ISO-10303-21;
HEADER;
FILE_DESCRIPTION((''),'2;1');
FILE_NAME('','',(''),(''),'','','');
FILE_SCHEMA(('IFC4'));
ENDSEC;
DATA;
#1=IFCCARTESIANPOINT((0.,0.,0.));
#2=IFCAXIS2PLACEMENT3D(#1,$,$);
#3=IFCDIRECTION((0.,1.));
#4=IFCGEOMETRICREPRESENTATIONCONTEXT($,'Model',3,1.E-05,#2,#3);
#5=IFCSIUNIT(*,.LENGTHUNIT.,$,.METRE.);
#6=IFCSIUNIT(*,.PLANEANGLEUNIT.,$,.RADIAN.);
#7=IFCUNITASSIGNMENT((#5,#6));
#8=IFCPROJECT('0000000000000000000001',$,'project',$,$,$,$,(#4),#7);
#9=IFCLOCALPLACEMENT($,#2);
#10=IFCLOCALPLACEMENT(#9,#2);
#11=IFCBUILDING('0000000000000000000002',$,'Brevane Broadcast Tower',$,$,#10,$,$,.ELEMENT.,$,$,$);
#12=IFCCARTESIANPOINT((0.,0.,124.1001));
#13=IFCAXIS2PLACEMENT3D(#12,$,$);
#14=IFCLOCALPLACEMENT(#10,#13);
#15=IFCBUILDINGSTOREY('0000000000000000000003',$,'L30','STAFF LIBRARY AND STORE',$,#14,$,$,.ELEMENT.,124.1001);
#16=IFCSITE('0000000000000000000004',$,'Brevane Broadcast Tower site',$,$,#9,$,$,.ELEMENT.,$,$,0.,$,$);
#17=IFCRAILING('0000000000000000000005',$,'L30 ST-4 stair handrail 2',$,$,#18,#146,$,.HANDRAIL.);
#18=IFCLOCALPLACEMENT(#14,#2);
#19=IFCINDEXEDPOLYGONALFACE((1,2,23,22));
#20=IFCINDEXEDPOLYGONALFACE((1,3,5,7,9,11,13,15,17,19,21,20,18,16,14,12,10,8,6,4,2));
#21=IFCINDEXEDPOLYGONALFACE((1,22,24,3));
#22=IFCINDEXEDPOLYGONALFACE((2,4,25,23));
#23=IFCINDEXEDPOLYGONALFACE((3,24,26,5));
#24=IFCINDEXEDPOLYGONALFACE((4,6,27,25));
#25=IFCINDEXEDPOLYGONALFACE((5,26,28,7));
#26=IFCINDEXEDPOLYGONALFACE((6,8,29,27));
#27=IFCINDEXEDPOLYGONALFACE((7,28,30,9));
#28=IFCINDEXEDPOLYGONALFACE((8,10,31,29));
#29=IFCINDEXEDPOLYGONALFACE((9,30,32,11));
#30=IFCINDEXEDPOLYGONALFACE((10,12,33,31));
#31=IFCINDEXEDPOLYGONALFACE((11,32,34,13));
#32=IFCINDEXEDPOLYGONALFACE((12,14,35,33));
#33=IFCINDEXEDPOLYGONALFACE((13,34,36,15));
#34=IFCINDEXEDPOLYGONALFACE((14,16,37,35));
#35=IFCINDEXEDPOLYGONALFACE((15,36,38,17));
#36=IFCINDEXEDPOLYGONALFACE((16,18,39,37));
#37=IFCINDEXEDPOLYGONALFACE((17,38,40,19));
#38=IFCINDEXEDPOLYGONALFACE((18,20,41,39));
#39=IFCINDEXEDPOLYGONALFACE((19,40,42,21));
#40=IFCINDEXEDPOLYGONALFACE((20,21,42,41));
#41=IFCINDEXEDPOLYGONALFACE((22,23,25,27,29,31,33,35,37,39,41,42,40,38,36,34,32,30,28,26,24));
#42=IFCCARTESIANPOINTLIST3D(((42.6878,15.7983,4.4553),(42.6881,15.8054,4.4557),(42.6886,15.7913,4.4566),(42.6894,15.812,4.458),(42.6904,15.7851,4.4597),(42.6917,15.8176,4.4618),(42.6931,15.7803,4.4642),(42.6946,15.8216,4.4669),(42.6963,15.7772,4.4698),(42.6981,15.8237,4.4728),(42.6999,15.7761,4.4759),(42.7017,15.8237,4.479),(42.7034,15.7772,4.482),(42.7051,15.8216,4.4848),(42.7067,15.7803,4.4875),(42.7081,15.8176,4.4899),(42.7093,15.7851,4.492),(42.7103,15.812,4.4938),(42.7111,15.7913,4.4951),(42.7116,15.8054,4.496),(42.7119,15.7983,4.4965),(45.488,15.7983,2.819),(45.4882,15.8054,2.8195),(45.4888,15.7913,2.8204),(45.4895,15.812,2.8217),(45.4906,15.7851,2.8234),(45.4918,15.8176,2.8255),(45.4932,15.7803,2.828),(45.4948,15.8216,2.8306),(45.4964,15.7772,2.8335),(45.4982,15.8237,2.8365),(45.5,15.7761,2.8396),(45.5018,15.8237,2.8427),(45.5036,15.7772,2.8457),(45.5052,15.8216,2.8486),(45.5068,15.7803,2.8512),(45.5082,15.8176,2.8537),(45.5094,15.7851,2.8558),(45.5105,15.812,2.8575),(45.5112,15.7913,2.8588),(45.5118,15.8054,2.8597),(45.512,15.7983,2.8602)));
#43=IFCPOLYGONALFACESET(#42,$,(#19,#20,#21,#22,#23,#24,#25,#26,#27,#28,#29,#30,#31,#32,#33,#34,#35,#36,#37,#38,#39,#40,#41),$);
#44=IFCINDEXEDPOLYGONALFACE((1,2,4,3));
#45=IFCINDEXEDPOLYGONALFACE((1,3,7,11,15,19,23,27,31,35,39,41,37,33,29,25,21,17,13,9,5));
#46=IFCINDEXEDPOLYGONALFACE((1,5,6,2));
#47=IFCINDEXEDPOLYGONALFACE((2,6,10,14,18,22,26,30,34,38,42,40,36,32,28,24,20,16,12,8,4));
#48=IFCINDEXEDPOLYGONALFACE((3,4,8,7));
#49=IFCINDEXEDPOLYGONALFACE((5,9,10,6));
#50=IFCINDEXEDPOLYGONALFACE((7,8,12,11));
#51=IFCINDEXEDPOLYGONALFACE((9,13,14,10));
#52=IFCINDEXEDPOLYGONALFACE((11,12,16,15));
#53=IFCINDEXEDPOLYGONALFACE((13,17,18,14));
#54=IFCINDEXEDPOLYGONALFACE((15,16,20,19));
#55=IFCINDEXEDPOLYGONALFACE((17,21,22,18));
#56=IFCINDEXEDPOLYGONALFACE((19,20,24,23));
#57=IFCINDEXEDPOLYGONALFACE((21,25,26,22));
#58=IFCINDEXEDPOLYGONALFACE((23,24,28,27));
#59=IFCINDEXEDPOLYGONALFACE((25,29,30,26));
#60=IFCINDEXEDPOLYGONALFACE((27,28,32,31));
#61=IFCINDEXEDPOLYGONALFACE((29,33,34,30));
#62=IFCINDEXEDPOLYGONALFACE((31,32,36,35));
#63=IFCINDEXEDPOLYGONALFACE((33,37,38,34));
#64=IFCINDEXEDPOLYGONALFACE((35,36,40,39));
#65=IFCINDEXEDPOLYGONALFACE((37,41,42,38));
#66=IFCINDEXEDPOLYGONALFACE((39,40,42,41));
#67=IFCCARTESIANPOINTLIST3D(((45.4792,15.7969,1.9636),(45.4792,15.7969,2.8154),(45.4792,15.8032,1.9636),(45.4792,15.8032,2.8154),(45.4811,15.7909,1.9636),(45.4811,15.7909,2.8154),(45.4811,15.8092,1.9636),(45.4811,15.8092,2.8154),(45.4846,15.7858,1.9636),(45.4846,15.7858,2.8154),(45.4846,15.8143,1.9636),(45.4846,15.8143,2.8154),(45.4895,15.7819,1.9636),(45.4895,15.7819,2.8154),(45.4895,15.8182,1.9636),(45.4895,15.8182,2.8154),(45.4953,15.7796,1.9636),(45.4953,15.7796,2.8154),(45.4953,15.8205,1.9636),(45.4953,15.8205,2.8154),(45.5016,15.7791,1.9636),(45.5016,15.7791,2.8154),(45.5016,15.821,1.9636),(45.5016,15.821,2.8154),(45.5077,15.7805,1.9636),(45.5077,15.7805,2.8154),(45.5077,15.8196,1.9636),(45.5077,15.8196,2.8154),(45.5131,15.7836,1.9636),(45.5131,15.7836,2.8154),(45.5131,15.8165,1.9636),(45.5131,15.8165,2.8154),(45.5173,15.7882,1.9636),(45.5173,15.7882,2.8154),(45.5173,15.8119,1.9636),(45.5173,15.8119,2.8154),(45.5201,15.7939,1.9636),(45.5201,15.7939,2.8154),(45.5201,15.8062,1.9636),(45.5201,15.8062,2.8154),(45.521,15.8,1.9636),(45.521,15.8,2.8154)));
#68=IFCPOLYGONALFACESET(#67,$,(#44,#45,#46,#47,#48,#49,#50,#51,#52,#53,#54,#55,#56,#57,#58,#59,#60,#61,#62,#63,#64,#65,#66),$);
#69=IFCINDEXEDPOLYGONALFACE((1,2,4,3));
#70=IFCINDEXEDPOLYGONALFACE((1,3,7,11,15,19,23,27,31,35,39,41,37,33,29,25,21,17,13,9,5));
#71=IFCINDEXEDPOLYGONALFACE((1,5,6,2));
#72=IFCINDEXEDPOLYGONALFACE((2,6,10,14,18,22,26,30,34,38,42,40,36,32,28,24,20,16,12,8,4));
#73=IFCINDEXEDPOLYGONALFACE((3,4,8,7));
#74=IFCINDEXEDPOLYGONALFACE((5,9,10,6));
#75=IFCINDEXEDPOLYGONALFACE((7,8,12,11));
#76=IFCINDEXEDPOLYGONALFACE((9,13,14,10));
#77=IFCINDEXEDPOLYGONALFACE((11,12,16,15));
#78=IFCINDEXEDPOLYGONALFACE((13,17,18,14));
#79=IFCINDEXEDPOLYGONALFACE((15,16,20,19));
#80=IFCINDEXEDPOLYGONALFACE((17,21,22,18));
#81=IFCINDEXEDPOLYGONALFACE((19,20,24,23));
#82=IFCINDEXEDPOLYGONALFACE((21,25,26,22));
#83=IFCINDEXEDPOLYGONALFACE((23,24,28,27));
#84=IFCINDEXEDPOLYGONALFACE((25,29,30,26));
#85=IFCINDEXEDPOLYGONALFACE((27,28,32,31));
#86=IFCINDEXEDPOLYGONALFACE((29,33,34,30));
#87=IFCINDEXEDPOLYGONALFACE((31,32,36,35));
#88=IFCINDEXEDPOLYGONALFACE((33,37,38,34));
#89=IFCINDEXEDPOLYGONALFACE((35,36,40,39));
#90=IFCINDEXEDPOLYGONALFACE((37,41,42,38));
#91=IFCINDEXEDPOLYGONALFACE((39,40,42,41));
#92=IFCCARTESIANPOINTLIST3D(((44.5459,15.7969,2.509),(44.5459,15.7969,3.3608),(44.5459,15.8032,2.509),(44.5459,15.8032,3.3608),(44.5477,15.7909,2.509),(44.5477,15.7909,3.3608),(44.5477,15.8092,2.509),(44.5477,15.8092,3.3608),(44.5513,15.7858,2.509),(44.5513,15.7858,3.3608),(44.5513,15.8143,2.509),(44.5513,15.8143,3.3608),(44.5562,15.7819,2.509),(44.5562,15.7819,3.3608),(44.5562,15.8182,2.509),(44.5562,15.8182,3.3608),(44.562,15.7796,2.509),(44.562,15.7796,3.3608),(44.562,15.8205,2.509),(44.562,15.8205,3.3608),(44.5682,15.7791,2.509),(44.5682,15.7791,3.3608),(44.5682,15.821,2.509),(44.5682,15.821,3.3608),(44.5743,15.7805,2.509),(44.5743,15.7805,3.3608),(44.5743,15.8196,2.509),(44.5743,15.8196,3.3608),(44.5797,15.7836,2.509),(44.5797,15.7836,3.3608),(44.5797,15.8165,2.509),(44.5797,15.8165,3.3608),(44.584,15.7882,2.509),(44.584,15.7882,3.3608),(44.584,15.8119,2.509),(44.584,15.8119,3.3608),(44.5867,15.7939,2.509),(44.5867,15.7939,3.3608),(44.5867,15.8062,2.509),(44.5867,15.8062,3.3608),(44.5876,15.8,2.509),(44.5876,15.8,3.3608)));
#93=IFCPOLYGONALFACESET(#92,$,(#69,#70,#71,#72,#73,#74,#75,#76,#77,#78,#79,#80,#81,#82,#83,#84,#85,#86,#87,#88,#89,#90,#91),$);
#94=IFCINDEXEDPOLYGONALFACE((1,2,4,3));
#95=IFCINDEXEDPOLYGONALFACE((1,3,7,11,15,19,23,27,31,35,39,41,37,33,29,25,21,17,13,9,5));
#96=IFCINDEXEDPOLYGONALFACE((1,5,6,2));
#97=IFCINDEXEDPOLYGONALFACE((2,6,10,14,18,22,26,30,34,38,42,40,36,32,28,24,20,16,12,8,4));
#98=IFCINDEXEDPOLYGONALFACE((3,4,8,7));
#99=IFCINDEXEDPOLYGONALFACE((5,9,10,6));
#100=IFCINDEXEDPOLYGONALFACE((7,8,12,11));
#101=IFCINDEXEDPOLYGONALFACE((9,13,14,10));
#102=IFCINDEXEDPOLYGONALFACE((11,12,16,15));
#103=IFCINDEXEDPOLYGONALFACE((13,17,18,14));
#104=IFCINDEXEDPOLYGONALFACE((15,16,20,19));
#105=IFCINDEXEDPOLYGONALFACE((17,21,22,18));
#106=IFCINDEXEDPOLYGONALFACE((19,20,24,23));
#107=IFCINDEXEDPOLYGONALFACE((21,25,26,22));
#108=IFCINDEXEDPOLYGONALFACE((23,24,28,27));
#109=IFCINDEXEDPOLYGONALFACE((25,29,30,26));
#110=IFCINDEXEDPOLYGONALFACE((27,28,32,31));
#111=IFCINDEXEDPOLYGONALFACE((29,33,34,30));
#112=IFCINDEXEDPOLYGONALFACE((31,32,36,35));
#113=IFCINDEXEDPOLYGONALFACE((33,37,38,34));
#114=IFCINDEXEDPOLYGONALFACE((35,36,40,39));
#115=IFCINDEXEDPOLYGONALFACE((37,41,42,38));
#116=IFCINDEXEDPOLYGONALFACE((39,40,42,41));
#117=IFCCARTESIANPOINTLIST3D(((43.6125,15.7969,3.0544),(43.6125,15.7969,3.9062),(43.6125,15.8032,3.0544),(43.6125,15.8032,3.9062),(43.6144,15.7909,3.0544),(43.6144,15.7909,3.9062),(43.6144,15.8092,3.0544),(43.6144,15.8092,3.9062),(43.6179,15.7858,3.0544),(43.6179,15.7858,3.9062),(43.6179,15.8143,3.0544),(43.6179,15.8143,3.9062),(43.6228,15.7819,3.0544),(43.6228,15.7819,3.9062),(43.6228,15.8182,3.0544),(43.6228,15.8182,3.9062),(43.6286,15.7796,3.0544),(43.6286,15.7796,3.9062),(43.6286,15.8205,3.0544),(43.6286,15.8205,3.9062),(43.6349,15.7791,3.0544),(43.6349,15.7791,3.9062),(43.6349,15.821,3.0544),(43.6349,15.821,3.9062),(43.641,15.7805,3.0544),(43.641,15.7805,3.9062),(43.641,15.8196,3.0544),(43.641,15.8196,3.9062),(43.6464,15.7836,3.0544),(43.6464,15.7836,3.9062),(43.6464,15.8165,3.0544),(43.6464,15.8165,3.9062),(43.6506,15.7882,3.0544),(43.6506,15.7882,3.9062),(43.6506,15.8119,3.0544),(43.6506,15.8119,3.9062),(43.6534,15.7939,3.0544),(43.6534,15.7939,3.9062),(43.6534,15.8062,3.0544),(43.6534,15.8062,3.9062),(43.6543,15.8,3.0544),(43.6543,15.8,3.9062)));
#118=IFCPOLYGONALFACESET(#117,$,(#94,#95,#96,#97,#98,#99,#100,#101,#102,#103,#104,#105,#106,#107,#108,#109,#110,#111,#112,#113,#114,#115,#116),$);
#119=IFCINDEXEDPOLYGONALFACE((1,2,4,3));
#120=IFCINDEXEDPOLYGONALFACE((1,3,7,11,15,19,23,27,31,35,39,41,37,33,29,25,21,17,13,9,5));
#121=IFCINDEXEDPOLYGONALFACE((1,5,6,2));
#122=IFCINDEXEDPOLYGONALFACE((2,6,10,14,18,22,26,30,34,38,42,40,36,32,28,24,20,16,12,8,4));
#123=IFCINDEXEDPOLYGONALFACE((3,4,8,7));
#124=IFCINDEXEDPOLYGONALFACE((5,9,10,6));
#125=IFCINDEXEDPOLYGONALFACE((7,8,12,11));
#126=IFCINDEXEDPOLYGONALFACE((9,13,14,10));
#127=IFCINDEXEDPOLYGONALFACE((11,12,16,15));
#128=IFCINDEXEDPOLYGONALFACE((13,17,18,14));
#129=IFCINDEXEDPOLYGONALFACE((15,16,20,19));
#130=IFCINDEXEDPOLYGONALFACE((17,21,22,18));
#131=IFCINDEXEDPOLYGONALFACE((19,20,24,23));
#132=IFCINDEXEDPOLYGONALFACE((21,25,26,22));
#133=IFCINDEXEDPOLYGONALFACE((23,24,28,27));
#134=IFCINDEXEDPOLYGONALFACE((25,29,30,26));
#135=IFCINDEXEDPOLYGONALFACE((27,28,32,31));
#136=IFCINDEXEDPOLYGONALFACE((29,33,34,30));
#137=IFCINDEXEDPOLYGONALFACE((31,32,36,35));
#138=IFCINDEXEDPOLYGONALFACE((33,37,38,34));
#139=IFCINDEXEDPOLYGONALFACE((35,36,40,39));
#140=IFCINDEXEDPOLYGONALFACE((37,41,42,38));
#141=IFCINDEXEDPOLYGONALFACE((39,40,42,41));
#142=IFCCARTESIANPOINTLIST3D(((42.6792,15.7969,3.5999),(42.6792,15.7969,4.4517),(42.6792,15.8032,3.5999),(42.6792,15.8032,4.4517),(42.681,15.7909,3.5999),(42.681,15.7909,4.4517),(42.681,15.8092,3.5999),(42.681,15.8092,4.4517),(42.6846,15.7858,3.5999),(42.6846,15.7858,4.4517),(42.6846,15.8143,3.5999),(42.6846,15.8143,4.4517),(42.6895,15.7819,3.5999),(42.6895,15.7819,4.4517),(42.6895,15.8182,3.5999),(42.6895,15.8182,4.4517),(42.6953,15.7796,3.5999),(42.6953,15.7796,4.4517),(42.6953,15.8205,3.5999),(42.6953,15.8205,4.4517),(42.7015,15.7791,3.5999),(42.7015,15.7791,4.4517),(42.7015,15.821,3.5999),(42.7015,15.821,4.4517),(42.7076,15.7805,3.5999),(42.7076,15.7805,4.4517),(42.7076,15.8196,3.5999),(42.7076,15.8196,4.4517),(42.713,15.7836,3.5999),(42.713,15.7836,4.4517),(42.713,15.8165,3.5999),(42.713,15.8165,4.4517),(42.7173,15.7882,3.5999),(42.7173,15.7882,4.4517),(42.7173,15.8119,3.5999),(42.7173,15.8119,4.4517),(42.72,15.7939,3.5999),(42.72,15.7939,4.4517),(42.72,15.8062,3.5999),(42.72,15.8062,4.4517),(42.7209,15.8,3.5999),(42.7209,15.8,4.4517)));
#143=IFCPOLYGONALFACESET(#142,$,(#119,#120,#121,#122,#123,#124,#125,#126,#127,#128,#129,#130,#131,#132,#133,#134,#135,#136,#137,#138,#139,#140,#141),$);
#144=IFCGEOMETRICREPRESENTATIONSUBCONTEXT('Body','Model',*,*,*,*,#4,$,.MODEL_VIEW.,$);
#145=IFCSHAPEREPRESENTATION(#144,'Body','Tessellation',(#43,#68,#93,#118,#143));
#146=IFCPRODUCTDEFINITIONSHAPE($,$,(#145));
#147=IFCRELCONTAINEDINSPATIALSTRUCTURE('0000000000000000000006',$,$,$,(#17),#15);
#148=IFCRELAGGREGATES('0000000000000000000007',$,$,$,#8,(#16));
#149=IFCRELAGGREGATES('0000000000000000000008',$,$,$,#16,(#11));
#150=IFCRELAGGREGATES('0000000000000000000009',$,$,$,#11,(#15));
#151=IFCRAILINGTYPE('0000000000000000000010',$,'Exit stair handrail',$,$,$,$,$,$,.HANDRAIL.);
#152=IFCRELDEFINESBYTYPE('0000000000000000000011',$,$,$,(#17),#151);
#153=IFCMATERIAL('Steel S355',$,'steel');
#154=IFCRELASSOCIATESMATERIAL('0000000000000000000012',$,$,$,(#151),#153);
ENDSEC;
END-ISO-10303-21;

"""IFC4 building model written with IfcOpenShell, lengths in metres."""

from ifc_helpers import new_model, si_unit, direction, frame, origin, origin_2d, place, context, subcontext, project, spatial, circle, extrude, material, type_object, element, save


model = new_model("IFC4")

# Units and contexts
model_context = context("Model", 3, precision=1e-05, world=origin(), true_north=direction((0.0, 1.0)))
body_context = subcontext(model_context, "Body", "Model", "MODEL_VIEW")
ifc_project = project(units=[si_unit("LENGTHUNIT", "METRE"), si_unit("PLANEANGLEUNIT", "RADIAN")], contexts=[model_context])

# Site, building, storey
site_placement = place(None, origin())
site = spatial("IfcSite", under=ifc_project, at=site_placement, Name="Brevane Broadcast Tower site", CompositionType="ELEMENT", RefElevation=0.0)
building_placement = place(site_placement, origin())
building = spatial("IfcBuilding", under=site, at=building_placement, Name="Brevane Broadcast Tower", CompositionType="ELEMENT")
storey_placement = place(building_placement, frame((0.0, 0.0, 124.1001)))
storey = spatial("IfcBuildingStorey", under=building, at=storey_placement, Name="L30", Description="STAFF LIBRARY AND STORE", CompositionType="ELEMENT", Elevation=124.1001)

# Railing
ifc_material_1 = material(Name="Steel S355", Category="steel")
railing_type_1 = type_object("IfcRailingType", Name="Exit stair handrail", PredefinedType="HANDRAIL", material=ifc_material_1)
railing_1_placement = place(storey_placement, frame((45.5, 15.8, 1.9636)))
element("IfcRailing", 1, at=railing_1_placement, inside=storey, type_object=railing_type_1, Name="L30 ST-4 stair handrail 2", PredefinedType="HANDRAIL", context=body_context, shape_type="SweptSolid", body=[
    extrude(circle(Radius=0.0239, at=origin_2d()), frame((0.0, 0.0, 0.876), z_axis=(-0.863394, 0.0, 0.504531), x_axis=(0.0, -1.0, 0.0)), (0.0, 0.0, 1.0), 3.2432),
    extrude(circle(Radius=0.021, at=origin_2d()), origin(), (0.0, 0.0, 1.0), 0.8518),
    extrude(circle(Radius=0.021, at=origin_2d()), frame((-0.9333, 0.0, 0.5454)), (0.0, 0.0, 1.0), 0.8518),
    extrude(circle(Radius=0.021, at=origin_2d()), frame((-1.8667, 0.0, 1.0908)), (0.0, 0.0, 1.0), 0.8518),
    extrude(circle(Radius=0.021, at=origin_2d()), frame((-2.8, 0.0, 1.6362)), (0.0, 0.0, 1.0), 0.8518),
])

save(model, "model.ifc")
